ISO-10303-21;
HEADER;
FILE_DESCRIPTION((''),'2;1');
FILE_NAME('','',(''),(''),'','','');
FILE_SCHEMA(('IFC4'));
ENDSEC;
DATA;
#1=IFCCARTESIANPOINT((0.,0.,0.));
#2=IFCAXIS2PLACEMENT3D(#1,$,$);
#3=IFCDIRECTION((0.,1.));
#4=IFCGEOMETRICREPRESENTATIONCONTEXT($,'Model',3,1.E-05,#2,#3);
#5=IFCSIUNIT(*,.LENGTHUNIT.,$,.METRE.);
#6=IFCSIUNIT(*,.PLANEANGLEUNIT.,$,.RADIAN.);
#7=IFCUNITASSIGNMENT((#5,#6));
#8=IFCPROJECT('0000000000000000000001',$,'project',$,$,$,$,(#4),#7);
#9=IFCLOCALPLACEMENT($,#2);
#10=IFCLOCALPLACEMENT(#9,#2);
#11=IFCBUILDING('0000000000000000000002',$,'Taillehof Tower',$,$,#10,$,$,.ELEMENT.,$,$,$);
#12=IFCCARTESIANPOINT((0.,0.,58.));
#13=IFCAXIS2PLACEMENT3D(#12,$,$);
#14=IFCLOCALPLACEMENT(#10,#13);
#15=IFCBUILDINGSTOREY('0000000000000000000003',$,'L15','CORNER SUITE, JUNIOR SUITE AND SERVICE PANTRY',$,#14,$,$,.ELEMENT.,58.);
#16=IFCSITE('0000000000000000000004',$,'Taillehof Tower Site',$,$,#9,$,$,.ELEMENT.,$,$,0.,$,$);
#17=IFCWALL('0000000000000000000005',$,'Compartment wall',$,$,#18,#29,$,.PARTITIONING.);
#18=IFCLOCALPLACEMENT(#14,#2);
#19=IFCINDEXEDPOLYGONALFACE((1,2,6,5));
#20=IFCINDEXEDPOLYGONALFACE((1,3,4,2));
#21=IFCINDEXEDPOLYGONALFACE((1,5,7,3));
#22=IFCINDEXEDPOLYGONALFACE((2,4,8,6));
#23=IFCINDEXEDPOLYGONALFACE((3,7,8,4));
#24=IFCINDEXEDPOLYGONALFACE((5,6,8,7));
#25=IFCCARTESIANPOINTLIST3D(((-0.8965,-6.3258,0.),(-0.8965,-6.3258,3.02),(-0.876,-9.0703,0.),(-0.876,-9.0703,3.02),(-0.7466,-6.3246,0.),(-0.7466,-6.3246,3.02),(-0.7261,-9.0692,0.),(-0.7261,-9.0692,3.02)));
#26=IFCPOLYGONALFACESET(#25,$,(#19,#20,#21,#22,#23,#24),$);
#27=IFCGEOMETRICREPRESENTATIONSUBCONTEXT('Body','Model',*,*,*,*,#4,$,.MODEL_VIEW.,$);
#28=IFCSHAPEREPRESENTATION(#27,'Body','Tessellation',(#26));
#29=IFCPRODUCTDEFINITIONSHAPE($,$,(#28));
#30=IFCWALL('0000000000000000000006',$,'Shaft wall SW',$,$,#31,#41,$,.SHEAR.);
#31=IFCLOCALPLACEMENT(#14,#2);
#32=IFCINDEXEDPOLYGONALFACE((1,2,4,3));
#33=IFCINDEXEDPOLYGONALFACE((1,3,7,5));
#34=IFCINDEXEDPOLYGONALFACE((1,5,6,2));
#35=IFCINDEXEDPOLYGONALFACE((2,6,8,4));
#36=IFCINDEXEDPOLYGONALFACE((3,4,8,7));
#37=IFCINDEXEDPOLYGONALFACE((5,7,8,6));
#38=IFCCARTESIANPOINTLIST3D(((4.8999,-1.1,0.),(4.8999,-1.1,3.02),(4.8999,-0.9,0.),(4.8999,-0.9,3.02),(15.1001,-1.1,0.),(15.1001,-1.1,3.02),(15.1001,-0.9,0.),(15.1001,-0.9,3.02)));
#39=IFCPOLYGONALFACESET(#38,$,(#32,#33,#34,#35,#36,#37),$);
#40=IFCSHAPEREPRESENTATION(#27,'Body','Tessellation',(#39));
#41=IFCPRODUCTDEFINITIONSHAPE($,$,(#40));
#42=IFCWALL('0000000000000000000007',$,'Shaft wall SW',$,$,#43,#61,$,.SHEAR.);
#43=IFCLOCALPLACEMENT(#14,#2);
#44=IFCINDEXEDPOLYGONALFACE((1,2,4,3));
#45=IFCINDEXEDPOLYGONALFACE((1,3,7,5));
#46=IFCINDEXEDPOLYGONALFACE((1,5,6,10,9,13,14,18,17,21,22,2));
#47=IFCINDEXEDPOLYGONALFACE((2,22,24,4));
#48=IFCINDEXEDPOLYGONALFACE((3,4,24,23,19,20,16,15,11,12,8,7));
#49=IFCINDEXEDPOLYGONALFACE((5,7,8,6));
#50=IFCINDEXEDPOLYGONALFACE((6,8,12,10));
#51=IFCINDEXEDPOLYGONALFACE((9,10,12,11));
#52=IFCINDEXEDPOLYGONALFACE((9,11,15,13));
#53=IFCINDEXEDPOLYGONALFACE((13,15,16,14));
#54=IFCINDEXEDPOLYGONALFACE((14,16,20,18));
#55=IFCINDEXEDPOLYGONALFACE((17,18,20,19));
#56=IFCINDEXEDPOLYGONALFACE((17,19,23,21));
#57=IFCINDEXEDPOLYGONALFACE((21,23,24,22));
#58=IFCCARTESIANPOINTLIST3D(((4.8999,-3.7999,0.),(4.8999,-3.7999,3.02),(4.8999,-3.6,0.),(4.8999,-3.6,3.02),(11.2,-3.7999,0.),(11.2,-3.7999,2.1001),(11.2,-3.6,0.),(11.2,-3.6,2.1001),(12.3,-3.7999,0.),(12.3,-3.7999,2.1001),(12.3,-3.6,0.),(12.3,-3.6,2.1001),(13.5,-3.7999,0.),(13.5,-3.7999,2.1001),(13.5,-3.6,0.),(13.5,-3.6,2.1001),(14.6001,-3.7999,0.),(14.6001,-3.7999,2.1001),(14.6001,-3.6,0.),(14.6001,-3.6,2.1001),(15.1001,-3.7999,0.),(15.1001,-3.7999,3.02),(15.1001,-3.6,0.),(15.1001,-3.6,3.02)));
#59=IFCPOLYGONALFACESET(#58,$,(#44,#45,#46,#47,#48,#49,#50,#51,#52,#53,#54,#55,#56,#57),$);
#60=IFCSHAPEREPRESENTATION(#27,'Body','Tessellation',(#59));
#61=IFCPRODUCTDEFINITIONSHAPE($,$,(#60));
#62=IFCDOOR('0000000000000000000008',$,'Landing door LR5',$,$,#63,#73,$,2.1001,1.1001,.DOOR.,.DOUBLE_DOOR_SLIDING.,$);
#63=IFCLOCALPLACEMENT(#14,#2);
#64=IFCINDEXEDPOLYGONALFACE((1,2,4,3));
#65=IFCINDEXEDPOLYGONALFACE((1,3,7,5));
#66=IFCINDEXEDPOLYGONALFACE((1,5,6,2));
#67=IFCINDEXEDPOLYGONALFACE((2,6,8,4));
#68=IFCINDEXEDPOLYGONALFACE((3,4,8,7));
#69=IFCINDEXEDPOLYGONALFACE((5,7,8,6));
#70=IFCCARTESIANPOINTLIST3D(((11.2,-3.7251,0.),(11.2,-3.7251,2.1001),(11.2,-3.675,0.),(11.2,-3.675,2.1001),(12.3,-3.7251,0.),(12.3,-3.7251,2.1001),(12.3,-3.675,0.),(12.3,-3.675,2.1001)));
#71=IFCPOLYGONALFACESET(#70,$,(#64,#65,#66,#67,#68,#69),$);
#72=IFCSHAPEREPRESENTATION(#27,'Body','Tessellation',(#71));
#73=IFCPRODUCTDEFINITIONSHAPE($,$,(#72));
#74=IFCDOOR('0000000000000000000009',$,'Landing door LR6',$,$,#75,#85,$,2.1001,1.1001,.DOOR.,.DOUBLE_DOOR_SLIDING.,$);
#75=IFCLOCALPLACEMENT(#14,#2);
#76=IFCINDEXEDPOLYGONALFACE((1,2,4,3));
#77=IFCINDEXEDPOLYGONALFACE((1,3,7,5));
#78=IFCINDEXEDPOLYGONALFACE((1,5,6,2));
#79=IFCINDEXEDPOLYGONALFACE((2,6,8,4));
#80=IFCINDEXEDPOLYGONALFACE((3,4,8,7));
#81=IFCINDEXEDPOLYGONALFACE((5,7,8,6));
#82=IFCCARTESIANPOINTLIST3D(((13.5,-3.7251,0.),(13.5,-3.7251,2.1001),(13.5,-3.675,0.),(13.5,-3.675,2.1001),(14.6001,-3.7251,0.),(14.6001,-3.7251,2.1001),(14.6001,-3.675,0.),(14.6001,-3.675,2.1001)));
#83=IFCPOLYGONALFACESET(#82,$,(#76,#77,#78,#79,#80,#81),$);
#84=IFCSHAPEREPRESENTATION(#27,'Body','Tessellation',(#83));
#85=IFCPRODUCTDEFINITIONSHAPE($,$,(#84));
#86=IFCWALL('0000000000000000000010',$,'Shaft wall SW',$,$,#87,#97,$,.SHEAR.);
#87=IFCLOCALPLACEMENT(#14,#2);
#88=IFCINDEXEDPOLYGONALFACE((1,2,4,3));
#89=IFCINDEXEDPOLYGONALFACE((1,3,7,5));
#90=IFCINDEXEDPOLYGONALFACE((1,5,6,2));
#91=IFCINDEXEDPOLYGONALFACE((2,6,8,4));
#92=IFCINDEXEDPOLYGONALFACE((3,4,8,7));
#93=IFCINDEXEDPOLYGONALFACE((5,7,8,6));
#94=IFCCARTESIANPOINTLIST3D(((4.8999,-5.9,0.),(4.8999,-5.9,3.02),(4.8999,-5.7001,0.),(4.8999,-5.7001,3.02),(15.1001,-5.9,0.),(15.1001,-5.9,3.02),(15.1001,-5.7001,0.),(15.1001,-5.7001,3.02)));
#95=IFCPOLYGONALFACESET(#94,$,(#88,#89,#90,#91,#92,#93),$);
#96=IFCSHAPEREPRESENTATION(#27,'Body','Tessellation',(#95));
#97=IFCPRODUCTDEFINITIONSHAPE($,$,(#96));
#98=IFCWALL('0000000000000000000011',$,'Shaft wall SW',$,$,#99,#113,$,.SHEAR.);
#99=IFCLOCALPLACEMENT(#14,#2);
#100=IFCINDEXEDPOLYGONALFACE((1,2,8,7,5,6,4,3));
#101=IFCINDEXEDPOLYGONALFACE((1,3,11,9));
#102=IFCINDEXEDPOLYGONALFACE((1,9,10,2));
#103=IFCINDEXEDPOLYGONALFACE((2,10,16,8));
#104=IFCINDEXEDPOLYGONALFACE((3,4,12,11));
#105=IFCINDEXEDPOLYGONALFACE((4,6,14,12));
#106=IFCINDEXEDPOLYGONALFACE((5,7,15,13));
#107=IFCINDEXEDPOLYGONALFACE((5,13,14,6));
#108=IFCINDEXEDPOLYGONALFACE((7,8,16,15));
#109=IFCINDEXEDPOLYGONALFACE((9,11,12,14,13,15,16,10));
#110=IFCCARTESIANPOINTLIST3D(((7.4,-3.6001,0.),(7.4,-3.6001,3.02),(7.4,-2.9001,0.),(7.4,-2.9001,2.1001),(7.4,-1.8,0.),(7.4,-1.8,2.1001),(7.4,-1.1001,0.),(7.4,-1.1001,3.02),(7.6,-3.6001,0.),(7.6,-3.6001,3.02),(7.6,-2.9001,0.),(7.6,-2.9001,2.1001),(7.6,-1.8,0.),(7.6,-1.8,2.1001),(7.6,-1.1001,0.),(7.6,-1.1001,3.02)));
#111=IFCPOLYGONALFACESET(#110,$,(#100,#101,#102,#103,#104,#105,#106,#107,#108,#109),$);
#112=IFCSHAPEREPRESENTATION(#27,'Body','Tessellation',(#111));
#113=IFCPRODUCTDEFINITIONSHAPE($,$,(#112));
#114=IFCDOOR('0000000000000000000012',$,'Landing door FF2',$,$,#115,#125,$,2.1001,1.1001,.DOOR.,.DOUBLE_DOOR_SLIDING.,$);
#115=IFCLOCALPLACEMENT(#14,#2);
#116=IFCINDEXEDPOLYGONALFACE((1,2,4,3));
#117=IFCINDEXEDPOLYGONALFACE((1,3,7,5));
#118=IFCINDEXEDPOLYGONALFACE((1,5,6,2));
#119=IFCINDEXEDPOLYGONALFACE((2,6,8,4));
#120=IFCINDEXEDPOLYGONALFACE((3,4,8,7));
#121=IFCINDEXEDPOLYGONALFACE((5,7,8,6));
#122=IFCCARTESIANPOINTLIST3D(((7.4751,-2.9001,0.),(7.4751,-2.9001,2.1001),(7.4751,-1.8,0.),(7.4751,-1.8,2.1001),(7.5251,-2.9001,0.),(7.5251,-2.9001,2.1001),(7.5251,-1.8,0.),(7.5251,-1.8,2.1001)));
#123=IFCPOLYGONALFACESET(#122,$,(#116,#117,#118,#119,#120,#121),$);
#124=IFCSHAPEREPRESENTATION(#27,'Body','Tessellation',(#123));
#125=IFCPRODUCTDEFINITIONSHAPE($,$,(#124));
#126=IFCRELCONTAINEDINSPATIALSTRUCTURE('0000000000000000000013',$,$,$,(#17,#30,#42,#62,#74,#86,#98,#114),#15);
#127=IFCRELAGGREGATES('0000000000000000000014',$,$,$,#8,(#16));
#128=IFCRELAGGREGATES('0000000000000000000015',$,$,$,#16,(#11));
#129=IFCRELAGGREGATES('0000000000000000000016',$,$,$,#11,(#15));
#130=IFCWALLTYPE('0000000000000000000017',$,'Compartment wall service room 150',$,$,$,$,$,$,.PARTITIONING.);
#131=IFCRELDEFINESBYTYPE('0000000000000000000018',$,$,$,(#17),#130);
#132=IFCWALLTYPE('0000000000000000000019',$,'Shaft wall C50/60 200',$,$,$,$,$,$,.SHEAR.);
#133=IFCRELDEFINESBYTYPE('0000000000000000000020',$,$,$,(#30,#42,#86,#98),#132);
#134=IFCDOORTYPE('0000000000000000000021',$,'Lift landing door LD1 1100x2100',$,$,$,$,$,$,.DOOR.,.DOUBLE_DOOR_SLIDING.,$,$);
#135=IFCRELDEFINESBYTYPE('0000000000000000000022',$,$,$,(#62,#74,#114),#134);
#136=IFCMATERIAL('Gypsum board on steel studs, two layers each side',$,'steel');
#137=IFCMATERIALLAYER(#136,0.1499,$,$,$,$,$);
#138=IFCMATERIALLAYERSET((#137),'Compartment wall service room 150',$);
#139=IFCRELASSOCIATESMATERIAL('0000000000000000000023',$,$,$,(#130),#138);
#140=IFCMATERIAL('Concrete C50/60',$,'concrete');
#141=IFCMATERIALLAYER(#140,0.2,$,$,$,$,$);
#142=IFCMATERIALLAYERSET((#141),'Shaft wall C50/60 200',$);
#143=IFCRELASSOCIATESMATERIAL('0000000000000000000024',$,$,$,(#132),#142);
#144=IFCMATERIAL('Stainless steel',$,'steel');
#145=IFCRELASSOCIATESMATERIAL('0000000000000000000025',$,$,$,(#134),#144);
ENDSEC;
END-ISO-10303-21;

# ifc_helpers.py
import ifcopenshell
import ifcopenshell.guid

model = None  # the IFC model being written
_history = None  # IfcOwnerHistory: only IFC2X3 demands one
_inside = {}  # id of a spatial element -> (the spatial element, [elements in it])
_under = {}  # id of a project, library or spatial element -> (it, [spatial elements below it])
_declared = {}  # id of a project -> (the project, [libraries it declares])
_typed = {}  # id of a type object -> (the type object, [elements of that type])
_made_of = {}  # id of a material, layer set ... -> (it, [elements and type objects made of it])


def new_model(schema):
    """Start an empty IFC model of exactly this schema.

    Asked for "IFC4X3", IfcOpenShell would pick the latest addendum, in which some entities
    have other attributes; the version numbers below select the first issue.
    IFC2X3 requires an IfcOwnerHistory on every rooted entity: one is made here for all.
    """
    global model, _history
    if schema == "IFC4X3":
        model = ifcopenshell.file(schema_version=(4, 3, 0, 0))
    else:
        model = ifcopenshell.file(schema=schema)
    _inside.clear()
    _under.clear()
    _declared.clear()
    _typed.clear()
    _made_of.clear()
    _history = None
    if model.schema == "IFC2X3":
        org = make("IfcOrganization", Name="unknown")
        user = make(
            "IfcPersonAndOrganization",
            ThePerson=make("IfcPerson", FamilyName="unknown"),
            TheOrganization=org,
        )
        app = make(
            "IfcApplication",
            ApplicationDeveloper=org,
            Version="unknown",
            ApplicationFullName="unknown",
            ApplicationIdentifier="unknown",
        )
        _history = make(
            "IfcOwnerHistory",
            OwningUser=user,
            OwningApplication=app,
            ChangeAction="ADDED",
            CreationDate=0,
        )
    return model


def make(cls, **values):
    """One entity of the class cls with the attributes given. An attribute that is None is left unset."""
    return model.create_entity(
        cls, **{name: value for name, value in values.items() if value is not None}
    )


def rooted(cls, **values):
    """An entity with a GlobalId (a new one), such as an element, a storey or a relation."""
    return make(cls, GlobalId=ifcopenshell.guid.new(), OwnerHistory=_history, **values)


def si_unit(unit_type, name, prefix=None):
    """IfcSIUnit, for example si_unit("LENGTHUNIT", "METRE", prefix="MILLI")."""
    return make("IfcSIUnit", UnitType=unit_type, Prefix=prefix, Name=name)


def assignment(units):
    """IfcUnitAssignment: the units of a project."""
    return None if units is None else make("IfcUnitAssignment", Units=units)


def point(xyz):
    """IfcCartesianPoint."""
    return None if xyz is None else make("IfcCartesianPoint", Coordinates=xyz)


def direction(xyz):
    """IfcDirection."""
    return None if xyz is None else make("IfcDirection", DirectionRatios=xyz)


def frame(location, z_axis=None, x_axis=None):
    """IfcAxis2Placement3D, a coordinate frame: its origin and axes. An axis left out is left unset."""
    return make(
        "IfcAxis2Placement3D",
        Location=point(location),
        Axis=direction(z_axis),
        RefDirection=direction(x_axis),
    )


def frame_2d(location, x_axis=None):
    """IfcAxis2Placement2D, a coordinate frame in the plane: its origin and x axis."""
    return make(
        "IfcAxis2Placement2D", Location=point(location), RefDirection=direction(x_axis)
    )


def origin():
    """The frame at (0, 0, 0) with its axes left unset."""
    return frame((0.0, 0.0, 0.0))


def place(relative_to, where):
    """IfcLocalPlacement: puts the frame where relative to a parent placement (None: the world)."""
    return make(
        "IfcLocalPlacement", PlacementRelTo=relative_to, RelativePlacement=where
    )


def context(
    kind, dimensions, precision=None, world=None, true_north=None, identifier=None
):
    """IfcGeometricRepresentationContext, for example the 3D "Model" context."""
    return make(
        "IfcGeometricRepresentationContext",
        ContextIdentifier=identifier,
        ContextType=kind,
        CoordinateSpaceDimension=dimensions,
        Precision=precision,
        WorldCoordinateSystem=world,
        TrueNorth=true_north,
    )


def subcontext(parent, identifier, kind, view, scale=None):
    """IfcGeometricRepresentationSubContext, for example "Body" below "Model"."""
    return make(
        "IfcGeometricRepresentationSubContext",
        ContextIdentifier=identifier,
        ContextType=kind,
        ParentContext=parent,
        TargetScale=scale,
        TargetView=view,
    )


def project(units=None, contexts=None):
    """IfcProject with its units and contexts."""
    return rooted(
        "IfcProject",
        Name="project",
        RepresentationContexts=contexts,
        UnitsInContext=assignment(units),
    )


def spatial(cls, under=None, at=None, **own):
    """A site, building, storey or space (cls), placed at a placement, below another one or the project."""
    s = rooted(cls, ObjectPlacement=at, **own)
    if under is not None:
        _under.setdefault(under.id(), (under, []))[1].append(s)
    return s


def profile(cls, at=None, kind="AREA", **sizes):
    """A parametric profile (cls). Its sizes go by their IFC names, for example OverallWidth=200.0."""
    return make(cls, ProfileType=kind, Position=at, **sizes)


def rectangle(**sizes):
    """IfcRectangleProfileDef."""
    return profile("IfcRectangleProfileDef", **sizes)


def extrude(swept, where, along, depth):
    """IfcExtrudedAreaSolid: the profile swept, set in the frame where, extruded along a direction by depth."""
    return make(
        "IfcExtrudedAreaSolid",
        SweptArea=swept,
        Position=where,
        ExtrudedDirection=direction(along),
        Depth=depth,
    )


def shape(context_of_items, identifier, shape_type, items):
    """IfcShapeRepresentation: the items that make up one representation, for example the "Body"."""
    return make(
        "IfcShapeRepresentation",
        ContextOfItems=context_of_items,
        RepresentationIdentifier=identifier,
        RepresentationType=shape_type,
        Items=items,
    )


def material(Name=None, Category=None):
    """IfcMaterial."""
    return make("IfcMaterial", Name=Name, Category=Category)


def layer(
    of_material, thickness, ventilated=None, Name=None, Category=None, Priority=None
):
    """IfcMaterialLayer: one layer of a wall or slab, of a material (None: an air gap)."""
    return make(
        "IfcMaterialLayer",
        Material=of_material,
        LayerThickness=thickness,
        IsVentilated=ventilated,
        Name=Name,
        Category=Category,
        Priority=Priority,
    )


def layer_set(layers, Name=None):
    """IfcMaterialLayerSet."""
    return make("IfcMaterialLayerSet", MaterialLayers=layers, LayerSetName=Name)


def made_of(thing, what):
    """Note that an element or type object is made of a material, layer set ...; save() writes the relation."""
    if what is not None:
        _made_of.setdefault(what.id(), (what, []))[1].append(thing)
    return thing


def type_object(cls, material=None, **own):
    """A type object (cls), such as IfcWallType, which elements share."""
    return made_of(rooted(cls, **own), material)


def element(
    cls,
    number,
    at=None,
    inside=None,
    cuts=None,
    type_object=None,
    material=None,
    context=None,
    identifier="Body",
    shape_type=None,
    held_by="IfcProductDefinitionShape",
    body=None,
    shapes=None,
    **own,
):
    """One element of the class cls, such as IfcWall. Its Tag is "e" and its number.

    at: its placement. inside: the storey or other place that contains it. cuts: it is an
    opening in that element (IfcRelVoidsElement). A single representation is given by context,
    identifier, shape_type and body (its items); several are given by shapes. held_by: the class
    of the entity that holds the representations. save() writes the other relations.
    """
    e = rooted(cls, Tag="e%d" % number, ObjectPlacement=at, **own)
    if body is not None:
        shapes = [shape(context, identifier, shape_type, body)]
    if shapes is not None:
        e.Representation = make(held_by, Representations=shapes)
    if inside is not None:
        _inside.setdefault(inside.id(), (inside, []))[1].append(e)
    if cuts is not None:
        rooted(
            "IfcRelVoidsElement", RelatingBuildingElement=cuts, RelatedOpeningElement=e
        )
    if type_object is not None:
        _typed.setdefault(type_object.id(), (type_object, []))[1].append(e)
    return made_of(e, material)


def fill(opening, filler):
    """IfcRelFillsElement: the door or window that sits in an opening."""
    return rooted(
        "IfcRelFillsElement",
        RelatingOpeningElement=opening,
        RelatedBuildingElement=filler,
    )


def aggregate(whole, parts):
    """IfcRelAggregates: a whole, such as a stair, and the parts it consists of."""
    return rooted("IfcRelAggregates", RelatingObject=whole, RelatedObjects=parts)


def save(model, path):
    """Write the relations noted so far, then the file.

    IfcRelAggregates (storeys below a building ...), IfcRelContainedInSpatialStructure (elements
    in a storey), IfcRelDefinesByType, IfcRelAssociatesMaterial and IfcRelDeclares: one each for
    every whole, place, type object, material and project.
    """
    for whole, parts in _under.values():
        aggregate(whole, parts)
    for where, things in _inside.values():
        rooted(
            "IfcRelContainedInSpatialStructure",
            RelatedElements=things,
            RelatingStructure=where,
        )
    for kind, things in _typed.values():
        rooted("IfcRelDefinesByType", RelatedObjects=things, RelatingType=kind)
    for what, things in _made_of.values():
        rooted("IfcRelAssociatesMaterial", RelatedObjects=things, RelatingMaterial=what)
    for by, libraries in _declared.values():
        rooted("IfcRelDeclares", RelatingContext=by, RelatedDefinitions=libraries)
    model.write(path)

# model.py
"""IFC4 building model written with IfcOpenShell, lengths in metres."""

from ifc_helpers import new_model, si_unit, direction, frame, frame_2d, origin, place, context, subcontext, project, spatial, rectangle, extrude, material, layer, layer_set, type_object, element, fill, save


model = new_model("IFC4")

# Units and contexts
model_context = context("Model", 3, precision=1e-05, world=origin(), true_north=direction((0.0, 1.0)))
body_context = subcontext(model_context, "Body", "Model", "MODEL_VIEW")
ifc_project = project(units=[si_unit("LENGTHUNIT", "METRE"), si_unit("PLANEANGLEUNIT", "RADIAN")], contexts=[model_context])

# Site, building, storey
site_placement = place(None, origin())
site = spatial("IfcSite", under=ifc_project, at=site_placement, Name="Taillehof Tower Site", CompositionType="ELEMENT", RefElevation=0.0)
building_placement = place(site_placement, origin())
building = spatial("IfcBuilding", under=site, at=building_placement, Name="Taillehof Tower", CompositionType="ELEMENT")
storey_placement = place(building_placement, frame((0.0, 0.0, 58.0)))
storey = spatial("IfcBuildingStorey", under=building, at=storey_placement, Name="L15", Description="CORNER SUITE, JUNIOR SUITE AND SERVICE PANTRY", CompositionType="ELEMENT", Elevation=58.0)

# Walls
ifc_material_1 = material(Name="Gypsum board on steel studs, two layers each side", Category="steel")
ifc_layer_1 = layer(ifc_material_1, 0.1499)
ifc_layer_set_1 = layer_set([ifc_layer_1], Name="Compartment wall service room 150")
wall_type_1 = type_object("IfcWallType", Name="Compartment wall service room 150", PredefinedType="PARTITIONING", material=ifc_layer_set_1)
wall_1_placement = place(storey_placement, frame((-0.8215, -6.3252, 0.0), z_axis=(0.0, 0.0, 1.0), x_axis=(0.007472, -0.999972, 0.0)))
element("IfcWall", 1, at=wall_1_placement, inside=storey, type_object=wall_type_1, Name="Compartment wall", PredefinedType="PARTITIONING", context=body_context, shape_type="SweptSolid", body=[
    extrude(rectangle(XDim=2.7446, YDim=0.1499, at=frame_2d((1.3723, 0.0))), origin(), (0.0, 0.0, 1.0), 3.02),
])
ifc_material_2 = material(Name="Concrete C50/60", Category="concrete")
ifc_layer_2 = layer(ifc_material_2, 0.2)
ifc_layer_set_2 = layer_set([ifc_layer_2], Name="Shaft wall C50/60 200")
wall_type_2 = type_object("IfcWallType", Name="Shaft wall C50/60 200", PredefinedType="SHEAR", material=ifc_layer_set_2)
wall_2_placement = place(storey_placement, frame((4.8999, -1.0, 0.0), z_axis=(0.0, 0.0, 1.0), x_axis=(1.0, 0.0, 0.0)))
element("IfcWall", 2, at=wall_2_placement, inside=storey, type_object=wall_type_2, Name="Shaft wall SW", PredefinedType="SHEAR", context=body_context, shape_type="SweptSolid", body=[
    extrude(rectangle(XDim=10.2002, YDim=0.2, at=frame_2d((5.1001, 0.0))), origin(), (0.0, 0.0, 1.0), 3.02),
])

# Wall, openings, doors
wall_3_placement = place(storey_placement, frame((4.8999, -3.7, 0.0), z_axis=(0.0, 0.0, 1.0), x_axis=(1.0, 0.0, 0.0)))
wall_3 = element("IfcWall", 3, at=wall_3_placement, inside=storey, type_object=wall_type_2, Name="Shaft wall SW", PredefinedType="SHEAR", context=body_context, shape_type="SweptSolid", body=[
    extrude(rectangle(XDim=10.2002, YDim=0.2, at=frame_2d((5.1001, 0.0))), origin(), (0.0, 0.0, 1.0), 3.02),
])
opening_1_placement = place(wall_3_placement, frame((6.3, 0.0, 0.0)))
opening_1 = element("IfcOpeningElement", 4, at=opening_1_placement, cuts=wall_3, PredefinedType="OPENING", context=body_context, shape_type="SweptSolid", body=[
    extrude(rectangle(XDim=1.1001, YDim=2.1001, at=frame_2d((0.55, 1.05))), frame((0.0, 0.1099, 0.0), z_axis=(0.0, -1.0, 0.0), x_axis=(1.0, 0.0, 0.0)), (0.0, 0.0, 1.0), 0.22),
])
opening_2_placement = place(wall_3_placement, frame((8.6001, 0.0, 0.0)))
opening_2 = element("IfcOpeningElement", 5, at=opening_2_placement, cuts=wall_3, PredefinedType="OPENING", context=body_context, shape_type="SweptSolid", body=[
    extrude(rectangle(XDim=1.1001, YDim=2.1001, at=frame_2d((0.55, 1.05))), frame((0.0, 0.1099, 0.0), z_axis=(0.0, -1.0, 0.0), x_axis=(1.0, 0.0, 0.0)), (0.0, 0.0, 1.0), 0.22),
])
ifc_material_3 = material(Name="Stainless steel", Category="steel")
door_type_1 = type_object("IfcDoorType", Name="Lift landing door LD1 1100x2100", OperationType="DOUBLE_DOOR_SLIDING", PredefinedType="DOOR", material=ifc_material_3)
door_1_placement = place(opening_1_placement, origin())
door_1 = element("IfcDoor", 6, at=door_1_placement, inside=storey, type_object=door_type_1, Name="Landing door LR5", OperationType="DOUBLE_DOOR_SLIDING", OverallHeight=2.1001, OverallWidth=1.1001, PredefinedType="DOOR", context=body_context, shape_type="SweptSolid", body=[
    extrude(rectangle(XDim=1.1001, YDim=2.1001, at=frame_2d((0.55, 1.05))), frame((0.0, 0.0249, 0.0), z_axis=(0.0, -1.0, 0.0), x_axis=(1.0, 0.0, 0.0)), (0.0, 0.0, 1.0), 0.05),
])
fill(opening_1, door_1)
door_2_placement = place(opening_2_placement, origin())
door_2 = element("IfcDoor", 7, at=door_2_placement, inside=storey, type_object=door_type_1, Name="Landing door LR6", OperationType="DOUBLE_DOOR_SLIDING", OverallHeight=2.1001, OverallWidth=1.1001, PredefinedType="DOOR", context=body_context, shape_type="SweptSolid", body=[
    extrude(rectangle(XDim=1.1001, YDim=2.1001, at=frame_2d((0.55, 1.05))), frame((0.0, 0.0249, 0.0), z_axis=(0.0, -1.0, 0.0), x_axis=(1.0, 0.0, 0.0)), (0.0, 0.0, 1.0), 0.05),
])
fill(opening_2, door_2)

# Wall
wall_4_placement = place(storey_placement, frame((4.8999, -5.8, 0.0), z_axis=(0.0, 0.0, 1.0), x_axis=(1.0, 0.0, 0.0)))
element("IfcWall", 8, at=wall_4_placement, inside=storey, type_object=wall_type_2, Name="Shaft wall SW", PredefinedType="SHEAR", context=body_context, shape_type="SweptSolid", body=[
    extrude(rectangle(XDim=10.2002, YDim=0.2, at=frame_2d((5.1001, 0.0))), origin(), (0.0, 0.0, 1.0), 3.02),
])

# Wall, opening, door
wall_5_placement = place(storey_placement, frame((7.5, -3.6001, 0.0), z_axis=(0.0, 0.0, 1.0), x_axis=(0.0, 1.0, 0.0)))
wall_5 = element("IfcWall", 9, at=wall_5_placement, inside=storey, type_object=wall_type_2, Name="Shaft wall SW", PredefinedType="SHEAR", context=body_context, shape_type="SweptSolid", body=[
    extrude(rectangle(XDim=2.5, YDim=0.2, at=frame_2d((1.25, 0.0))), origin(), (0.0, 0.0, 1.0), 3.02),
])
opening_3_placement = place(wall_5_placement, frame((0.7, 0.0, 0.0)))
opening_3 = element("IfcOpeningElement", 10, at=opening_3_placement, cuts=wall_5, PredefinedType="OPENING", context=body_context, shape_type="SweptSolid", body=[
    extrude(rectangle(XDim=1.1001, YDim=2.1001, at=frame_2d((0.55, 1.05))), frame((0.0, 0.1099, 0.0), z_axis=(0.0, -1.0, 0.0), x_axis=(1.0, 0.0, 0.0)), (0.0, 0.0, 1.0), 0.22),
])
door_3_placement = place(opening_3_placement, origin())
door_3 = element("IfcDoor", 11, at=door_3_placement, inside=storey, type_object=door_type_1, Name="Landing door FF2", OperationType="DOUBLE_DOOR_SLIDING", OverallHeight=2.1001, OverallWidth=1.1001, PredefinedType="DOOR", context=body_context, shape_type="SweptSolid", body=[
    extrude(rectangle(XDim=1.1001, YDim=2.1001, at=frame_2d((0.55, 1.05))), frame((0.0, 0.0249, 0.0), z_axis=(0.0, -1.0, 0.0), x_axis=(1.0, 0.0, 0.0)), (0.0, 0.0, 1.0), 0.05),
])
fill(opening_3, door_3)

save(model, "model.ifc")
